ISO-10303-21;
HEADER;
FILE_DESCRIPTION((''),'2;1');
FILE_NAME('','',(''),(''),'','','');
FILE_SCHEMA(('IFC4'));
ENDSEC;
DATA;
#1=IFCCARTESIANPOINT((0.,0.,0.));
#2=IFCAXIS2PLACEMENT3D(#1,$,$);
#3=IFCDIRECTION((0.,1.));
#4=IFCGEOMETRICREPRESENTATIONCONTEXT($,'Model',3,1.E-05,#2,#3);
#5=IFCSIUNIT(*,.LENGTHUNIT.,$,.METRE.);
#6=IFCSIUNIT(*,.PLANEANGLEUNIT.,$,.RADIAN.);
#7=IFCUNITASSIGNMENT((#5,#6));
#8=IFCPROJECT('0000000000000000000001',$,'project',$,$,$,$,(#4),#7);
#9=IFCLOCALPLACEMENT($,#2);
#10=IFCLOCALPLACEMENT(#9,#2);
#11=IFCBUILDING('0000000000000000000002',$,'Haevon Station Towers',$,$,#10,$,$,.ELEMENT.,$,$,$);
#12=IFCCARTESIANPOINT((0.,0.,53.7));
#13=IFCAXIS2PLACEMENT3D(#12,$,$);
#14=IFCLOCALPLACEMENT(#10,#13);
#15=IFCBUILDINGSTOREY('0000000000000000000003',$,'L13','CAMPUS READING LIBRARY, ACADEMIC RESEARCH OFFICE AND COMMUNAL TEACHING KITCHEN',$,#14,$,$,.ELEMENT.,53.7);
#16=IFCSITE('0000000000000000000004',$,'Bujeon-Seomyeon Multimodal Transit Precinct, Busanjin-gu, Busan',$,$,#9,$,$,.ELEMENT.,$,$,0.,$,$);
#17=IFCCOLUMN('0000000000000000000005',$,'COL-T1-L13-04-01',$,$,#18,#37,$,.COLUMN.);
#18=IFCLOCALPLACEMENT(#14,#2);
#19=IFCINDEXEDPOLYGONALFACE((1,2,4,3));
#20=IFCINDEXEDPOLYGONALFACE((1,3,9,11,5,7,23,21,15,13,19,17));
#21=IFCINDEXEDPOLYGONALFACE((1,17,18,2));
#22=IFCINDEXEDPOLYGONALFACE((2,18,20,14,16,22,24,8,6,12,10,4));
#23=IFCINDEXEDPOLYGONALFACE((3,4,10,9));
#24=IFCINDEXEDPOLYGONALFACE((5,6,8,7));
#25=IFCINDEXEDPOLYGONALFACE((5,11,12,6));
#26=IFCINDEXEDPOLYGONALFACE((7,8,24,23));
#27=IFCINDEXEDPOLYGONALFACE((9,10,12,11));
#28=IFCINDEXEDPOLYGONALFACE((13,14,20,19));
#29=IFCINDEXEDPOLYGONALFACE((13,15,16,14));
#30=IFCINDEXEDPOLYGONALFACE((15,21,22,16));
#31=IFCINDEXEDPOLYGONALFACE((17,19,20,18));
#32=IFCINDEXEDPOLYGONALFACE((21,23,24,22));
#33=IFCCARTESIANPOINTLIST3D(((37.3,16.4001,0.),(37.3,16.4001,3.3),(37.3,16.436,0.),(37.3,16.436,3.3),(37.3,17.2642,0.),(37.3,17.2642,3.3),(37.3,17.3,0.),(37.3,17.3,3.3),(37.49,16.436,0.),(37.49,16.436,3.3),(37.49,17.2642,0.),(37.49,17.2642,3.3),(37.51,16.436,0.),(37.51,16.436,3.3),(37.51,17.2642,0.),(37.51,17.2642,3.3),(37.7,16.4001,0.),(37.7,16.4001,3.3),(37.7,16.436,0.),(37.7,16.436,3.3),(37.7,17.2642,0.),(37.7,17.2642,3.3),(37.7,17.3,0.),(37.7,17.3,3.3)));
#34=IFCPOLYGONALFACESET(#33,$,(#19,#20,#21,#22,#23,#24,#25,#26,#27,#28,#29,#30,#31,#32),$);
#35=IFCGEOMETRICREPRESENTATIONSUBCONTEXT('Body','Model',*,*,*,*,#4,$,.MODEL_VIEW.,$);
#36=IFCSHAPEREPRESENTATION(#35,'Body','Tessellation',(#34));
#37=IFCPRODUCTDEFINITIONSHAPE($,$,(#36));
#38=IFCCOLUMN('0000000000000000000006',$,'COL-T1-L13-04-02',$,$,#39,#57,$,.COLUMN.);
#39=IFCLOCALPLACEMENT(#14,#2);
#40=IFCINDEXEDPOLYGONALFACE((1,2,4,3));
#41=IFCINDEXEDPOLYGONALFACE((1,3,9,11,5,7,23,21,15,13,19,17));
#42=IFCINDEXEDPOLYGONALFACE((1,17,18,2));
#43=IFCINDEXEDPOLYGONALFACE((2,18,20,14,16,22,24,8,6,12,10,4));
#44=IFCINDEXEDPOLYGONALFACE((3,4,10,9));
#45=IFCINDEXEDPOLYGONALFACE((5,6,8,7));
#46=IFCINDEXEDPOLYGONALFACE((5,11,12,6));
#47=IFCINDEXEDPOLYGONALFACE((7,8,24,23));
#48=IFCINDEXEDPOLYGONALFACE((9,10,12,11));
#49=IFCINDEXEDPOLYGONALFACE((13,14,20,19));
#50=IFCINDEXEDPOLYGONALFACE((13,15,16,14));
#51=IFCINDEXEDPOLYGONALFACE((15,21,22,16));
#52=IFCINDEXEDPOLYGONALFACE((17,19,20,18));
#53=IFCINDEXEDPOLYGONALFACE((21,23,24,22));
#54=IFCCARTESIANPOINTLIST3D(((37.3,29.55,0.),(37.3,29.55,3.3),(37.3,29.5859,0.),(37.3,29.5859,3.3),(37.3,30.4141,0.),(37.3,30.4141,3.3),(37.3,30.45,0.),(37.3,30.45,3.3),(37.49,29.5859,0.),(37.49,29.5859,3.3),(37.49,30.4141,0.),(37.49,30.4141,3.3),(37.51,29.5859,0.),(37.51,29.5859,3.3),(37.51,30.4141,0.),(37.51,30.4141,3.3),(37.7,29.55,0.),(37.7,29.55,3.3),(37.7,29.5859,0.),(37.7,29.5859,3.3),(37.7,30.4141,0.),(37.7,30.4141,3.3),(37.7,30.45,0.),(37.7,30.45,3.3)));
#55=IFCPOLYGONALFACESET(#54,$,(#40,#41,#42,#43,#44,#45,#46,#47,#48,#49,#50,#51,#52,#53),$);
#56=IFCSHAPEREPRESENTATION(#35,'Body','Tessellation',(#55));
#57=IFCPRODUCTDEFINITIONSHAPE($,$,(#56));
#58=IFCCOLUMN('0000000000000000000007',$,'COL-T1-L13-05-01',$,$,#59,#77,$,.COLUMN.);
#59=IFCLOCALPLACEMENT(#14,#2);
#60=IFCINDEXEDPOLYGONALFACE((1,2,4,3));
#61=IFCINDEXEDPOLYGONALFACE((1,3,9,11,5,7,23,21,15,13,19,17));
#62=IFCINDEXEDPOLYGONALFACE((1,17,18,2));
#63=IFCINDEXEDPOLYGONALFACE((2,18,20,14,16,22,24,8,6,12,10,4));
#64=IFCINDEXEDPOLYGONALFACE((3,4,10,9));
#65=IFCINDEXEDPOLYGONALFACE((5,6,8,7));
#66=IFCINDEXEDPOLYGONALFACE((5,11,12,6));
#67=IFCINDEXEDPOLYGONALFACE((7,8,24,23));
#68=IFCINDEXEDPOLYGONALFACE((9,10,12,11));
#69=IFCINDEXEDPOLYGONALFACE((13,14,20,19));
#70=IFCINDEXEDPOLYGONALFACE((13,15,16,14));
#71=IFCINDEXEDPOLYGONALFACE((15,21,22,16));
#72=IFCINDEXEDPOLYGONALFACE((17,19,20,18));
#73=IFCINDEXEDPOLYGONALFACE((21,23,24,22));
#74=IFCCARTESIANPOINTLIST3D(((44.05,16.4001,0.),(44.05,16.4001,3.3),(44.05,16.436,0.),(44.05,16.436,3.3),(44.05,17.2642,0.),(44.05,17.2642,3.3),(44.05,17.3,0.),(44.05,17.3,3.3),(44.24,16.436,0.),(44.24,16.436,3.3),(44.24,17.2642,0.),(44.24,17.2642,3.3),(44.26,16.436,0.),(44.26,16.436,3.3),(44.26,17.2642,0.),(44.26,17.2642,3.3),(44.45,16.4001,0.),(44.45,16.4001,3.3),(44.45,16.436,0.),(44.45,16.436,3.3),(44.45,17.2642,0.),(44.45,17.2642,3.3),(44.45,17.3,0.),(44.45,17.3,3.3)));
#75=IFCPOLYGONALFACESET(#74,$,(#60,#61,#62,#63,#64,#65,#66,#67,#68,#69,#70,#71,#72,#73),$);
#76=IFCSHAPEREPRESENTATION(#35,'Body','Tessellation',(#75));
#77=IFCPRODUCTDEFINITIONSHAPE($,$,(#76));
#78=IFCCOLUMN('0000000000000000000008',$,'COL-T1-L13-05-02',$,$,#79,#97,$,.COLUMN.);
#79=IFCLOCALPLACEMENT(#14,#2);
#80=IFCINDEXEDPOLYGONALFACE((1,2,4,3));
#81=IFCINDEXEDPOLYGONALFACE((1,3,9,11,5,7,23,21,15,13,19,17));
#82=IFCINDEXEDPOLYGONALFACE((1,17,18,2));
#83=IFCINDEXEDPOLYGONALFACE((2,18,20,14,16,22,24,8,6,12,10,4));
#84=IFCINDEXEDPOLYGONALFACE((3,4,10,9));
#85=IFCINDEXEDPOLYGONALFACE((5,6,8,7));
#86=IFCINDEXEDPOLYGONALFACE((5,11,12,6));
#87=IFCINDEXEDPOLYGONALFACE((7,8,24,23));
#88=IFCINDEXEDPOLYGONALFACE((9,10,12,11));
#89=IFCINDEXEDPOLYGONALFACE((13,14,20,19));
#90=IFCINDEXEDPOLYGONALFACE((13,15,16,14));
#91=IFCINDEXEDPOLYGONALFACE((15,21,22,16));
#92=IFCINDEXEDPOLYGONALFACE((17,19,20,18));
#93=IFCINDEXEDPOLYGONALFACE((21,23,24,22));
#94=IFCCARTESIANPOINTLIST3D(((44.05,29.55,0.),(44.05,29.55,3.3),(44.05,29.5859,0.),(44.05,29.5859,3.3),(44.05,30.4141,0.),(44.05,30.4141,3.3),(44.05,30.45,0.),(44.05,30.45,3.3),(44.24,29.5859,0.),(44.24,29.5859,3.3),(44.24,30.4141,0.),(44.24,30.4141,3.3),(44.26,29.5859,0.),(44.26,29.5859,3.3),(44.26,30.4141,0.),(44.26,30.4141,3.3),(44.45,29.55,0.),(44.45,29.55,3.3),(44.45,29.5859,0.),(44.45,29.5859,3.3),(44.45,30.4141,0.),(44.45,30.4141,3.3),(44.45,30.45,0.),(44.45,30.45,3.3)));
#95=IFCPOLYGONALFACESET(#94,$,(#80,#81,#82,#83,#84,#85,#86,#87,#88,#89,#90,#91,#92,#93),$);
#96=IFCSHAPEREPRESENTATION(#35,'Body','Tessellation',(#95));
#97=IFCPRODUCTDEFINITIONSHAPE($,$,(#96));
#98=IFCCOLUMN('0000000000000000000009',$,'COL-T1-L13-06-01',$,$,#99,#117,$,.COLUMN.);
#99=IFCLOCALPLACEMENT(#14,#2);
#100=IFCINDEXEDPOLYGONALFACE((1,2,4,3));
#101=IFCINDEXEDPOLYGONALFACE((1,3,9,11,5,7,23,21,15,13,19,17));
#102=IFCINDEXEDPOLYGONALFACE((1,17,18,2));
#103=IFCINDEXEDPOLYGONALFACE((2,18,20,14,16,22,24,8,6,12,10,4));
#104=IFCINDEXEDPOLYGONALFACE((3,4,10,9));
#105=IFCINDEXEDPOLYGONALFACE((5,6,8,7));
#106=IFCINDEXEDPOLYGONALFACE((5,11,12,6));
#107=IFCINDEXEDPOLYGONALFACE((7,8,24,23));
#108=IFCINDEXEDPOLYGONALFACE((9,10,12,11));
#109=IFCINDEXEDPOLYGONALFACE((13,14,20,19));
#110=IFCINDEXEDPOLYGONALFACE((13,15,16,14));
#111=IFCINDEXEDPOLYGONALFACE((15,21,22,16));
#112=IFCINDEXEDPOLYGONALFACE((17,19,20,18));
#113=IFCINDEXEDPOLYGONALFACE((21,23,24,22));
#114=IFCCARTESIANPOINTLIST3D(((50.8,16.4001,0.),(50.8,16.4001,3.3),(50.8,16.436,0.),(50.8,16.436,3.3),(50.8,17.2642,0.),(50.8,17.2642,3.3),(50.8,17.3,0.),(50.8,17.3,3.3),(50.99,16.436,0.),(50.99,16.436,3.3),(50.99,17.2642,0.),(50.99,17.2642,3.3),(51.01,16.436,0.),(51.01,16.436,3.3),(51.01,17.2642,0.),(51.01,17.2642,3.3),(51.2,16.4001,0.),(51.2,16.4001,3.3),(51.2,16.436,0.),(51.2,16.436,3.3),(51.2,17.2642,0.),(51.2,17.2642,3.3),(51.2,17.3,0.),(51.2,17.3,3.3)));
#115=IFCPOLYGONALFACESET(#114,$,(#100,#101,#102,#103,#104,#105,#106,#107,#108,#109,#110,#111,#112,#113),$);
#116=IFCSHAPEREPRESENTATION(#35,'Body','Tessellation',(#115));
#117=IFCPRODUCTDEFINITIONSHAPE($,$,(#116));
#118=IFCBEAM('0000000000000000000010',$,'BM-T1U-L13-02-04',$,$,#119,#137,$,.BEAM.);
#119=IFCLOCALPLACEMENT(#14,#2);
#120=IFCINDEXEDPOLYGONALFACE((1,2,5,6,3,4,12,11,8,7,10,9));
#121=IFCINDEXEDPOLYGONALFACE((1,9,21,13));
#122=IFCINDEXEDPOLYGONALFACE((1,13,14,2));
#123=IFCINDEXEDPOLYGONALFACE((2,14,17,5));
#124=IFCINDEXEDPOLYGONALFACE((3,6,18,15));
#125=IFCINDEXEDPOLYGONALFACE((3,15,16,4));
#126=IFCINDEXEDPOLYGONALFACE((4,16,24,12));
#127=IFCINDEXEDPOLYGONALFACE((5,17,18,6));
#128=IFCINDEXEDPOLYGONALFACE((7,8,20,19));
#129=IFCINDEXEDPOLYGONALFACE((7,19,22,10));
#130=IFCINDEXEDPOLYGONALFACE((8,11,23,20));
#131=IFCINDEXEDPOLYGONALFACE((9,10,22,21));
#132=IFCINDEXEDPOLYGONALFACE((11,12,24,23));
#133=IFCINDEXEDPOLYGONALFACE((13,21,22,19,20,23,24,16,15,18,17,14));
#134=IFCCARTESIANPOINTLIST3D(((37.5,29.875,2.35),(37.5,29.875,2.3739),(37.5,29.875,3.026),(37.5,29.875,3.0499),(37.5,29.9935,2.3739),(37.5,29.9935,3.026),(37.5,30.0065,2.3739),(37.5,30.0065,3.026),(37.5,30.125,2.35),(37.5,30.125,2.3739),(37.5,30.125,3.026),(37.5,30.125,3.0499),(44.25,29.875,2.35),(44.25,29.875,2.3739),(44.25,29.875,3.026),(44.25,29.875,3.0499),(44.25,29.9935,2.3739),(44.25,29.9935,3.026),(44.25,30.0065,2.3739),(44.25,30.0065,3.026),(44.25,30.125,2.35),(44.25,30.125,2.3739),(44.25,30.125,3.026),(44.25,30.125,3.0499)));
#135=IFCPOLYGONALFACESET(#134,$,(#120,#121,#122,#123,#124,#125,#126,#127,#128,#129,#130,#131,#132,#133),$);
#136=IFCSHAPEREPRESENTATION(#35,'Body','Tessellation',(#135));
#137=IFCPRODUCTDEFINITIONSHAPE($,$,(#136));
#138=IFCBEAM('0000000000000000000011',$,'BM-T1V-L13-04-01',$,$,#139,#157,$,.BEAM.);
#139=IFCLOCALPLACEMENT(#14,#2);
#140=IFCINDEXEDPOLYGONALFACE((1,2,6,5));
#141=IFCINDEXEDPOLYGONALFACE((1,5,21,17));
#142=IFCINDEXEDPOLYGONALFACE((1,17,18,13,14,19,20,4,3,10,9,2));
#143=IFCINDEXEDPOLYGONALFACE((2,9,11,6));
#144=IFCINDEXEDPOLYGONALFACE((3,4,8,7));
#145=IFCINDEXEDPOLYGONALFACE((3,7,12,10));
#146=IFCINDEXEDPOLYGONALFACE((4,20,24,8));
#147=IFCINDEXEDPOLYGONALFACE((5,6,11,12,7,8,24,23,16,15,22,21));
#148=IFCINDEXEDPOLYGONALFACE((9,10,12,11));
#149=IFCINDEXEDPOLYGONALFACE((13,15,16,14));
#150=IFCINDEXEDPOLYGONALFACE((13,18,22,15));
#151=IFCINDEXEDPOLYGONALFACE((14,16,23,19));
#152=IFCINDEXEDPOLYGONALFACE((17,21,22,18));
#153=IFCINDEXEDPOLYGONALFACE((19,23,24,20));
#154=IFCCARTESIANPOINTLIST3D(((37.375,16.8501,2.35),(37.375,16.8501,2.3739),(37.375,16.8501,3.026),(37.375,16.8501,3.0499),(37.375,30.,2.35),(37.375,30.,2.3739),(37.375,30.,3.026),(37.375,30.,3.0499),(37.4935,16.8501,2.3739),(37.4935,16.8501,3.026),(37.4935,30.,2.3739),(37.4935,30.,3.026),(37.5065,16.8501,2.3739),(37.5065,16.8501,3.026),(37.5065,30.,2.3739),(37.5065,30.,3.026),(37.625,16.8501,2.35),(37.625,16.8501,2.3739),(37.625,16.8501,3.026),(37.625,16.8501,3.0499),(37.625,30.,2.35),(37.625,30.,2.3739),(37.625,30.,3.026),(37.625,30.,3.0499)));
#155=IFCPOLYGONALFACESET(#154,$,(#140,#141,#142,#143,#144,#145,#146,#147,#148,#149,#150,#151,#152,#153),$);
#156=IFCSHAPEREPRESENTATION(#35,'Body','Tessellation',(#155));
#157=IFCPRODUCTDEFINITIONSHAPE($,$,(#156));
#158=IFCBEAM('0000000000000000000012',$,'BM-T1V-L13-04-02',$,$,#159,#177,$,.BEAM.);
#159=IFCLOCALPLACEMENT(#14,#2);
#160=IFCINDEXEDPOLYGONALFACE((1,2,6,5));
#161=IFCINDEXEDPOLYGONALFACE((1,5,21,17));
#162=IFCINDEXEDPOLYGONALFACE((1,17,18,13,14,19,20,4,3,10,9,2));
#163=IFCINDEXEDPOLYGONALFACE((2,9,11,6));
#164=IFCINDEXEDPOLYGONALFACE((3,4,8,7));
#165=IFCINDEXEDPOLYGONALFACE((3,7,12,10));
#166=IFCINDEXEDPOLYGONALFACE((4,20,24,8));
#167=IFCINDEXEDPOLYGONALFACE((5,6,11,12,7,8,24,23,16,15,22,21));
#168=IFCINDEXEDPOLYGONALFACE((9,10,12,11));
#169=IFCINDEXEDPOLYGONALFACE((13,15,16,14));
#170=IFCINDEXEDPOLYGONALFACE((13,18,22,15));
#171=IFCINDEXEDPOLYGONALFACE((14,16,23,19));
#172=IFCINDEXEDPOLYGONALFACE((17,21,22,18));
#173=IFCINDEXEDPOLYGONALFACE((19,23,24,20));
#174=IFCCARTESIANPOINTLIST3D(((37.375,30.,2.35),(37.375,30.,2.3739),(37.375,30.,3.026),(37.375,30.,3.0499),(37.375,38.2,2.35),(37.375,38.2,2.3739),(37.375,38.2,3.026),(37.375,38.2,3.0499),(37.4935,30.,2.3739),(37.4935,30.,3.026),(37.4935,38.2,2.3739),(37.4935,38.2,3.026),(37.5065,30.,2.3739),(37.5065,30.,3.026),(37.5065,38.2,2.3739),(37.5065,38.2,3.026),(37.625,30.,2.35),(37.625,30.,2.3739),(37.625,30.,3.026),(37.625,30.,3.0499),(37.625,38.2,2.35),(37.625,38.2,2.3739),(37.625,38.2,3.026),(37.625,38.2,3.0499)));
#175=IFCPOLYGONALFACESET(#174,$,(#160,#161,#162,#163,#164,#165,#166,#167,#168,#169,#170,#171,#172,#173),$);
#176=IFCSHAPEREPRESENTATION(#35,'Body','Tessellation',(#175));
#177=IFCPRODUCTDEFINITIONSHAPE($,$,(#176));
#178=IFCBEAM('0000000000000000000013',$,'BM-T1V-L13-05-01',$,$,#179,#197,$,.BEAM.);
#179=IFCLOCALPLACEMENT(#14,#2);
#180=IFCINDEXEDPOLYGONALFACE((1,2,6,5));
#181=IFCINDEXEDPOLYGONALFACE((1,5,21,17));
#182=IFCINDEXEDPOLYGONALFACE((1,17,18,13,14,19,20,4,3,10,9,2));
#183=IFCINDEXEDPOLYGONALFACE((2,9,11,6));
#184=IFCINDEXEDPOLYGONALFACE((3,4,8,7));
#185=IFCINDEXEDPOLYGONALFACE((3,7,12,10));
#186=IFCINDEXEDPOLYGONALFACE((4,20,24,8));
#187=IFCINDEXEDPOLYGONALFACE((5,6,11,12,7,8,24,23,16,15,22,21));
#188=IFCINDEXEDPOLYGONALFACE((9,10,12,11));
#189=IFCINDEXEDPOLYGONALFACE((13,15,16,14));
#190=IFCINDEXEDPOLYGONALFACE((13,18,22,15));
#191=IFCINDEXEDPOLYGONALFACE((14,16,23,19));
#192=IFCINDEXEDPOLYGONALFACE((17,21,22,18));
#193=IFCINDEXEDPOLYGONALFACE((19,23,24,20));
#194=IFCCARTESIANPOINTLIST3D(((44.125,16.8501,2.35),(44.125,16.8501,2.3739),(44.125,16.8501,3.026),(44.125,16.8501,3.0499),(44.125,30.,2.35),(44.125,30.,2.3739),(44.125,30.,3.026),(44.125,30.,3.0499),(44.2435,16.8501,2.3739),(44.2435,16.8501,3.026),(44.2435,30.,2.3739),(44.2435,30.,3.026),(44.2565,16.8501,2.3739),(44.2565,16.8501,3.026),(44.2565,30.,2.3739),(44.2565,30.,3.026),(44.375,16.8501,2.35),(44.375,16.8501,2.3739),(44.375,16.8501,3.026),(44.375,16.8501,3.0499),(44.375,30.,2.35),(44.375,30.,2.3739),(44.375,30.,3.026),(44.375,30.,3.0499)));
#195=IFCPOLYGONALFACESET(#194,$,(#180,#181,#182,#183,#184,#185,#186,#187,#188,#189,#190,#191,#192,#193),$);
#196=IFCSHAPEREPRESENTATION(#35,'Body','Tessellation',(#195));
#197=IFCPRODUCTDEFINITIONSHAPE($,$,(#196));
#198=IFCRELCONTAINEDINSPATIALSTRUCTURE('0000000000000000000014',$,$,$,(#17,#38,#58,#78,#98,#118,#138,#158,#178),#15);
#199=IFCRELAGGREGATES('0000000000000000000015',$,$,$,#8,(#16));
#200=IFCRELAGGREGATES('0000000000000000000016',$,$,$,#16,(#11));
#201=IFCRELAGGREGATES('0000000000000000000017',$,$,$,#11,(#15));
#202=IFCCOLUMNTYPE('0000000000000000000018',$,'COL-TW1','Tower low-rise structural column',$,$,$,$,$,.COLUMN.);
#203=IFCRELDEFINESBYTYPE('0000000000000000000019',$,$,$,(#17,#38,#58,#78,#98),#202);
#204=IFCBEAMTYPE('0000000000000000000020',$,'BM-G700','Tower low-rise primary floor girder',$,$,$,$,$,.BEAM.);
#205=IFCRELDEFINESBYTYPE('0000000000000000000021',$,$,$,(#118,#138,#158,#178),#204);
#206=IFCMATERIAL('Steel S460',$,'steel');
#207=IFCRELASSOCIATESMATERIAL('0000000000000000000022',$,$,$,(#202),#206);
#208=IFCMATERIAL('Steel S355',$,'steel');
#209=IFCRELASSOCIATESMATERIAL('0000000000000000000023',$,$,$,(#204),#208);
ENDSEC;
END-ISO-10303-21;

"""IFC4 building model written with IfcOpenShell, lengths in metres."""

from ifc_helpers import new_model, si_unit, direction, frame, origin, origin_2d, place, context, subcontext, project, spatial, i_section, extrude, material, material_profile, profile_set, type_object, element, save


model = new_model("IFC4")

# Units and contexts
model_context = context("Model", 3, precision=1e-05, world=origin(), true_north=direction((0.0, 1.0)))
body_context = subcontext(model_context, "Body", "Model", "MODEL_VIEW")
ifc_project = project(units=[si_unit("LENGTHUNIT", "METRE"), si_unit("PLANEANGLEUNIT", "RADIAN")], contexts=[model_context])

# Site, building, storey
site_placement = place(None, origin())
site = spatial("IfcSite", under=ifc_project, at=site_placement, Name="Bujeon-Seomyeon Multimodal Transit Precinct, Busanjin-gu, Busan", CompositionType="ELEMENT", RefElevation=0.0)
building_placement = place(site_placement, origin())
building = spatial("IfcBuilding", under=site, at=building_placement, Name="Haevon Station Towers", CompositionType="ELEMENT")
storey_placement = place(building_placement, frame((0.0, 0.0, 53.7)))
storey = spatial("IfcBuildingStorey", under=building, at=storey_placement, Name="L13", Description="CAMPUS READING LIBRARY, ACADEMIC RESEARCH OFFICE AND COMMUNAL TEACHING KITCHEN", CompositionType="ELEMENT", Elevation=53.7)

# Columns
ifc_material_1 = material(Name="Steel S460", Category="steel")
ifc_material_profile_1 = material_profile(ifc_material_1, i_section(OverallWidth=0.3999, OverallDepth=0.8999, WebThickness=0.02, FlangeThickness=0.0359, at=origin_2d()), Name="H-900x400x20x36")
ifc_profile_set_1 = profile_set([ifc_material_profile_1], Name="Steel S460")
column_type = type_object("IfcColumnType", Name="COL-TW1", Description="Tower low-rise structural column", PredefinedType="COLUMN", material=ifc_profile_set_1)
for number, where, z_axis, x_axis, name in (
    (1, (37.5, 16.8501, 0.0), (0.0, 0.0, 1.0), (1.0, 0.0, 0.0), "COL-T1-L13-04-01"),
    (2, (37.5, 30.0, 0.0), (0.0, 0.0, 1.0), (1.0, 0.0, 0.0), "COL-T1-L13-04-02"),
    (3, (44.25, 16.8501, 0.0), (0.0, 0.0, 1.0), (1.0, 0.0, 0.0), "COL-T1-L13-05-01"),
    (4, (44.25, 30.0, 0.0), (0.0, 0.0, 1.0), (1.0, 0.0, 0.0), "COL-T1-L13-05-02"),
    (5, (51.0, 16.8501, 0.0), (0.0, 0.0, 1.0), (1.0, 0.0, 0.0), "COL-T1-L13-06-01"),
):
    element("IfcColumn", number, at=place(storey_placement, frame(where, z_axis=z_axis, x_axis=x_axis)), inside=storey, type_object=column_type, Name=name, PredefinedType="COLUMN", context=body_context, shape_type="SweptSolid", body=[
        extrude(i_section(OverallWidth=0.3999, OverallDepth=0.8999, WebThickness=0.02, FlangeThickness=0.0359, at=origin_2d()), origin(), (0.0, 0.0, 1.0), 3.3),
    ])

# Beams
ifc_material_2 = material(Name="Steel S355", Category="steel")
ifc_material_profile_2 = material_profile(ifc_material_2, i_section(OverallWidth=0.25, OverallDepth=0.7, WebThickness=0.0129, FlangeThickness=0.0239, at=origin_2d()), Name="H-700x250x13x24")
ifc_profile_set_2 = profile_set([ifc_material_profile_2], Name="Steel S355")
beam_type_1 = type_object("IfcBeamType", Name="BM-G700", Description="Tower low-rise primary floor girder", PredefinedType="BEAM", material=ifc_profile_set_2)
beam_1_placement = place(storey_placement, frame((37.5, 30.0, 2.7), z_axis=(1.0, 0.0, 0.0), x_axis=(0.0, 1.0, 0.0)))
element("IfcBeam", 6, at=beam_1_placement, inside=storey, type_object=beam_type_1, Name="BM-T1U-L13-02-04", PredefinedType="BEAM", context=body_context, shape_type="SweptSolid", body=[
    extrude(i_section(OverallWidth=0.25, OverallDepth=0.7, WebThickness=0.0129, FlangeThickness=0.0239, at=origin_2d()), origin(), (0.0, 0.0, 1.0), 6.75),
])
beam_2_placement = place(storey_placement, frame((37.5, 16.8501, 2.7), z_axis=(0.0, 1.0, 0.0), x_axis=(-1.0, 0.0, 0.0)))
element("IfcBeam", 7, at=beam_2_placement, inside=storey, type_object=beam_type_1, Name="BM-T1V-L13-04-01", PredefinedType="BEAM", context=body_context, shape_type="SweptSolid", body=[
    extrude(i_section(OverallWidth=0.25, OverallDepth=0.7, WebThickness=0.0129, FlangeThickness=0.0239, at=origin_2d()), origin(), (0.0, 0.0, 1.0), 13.1499),
])
beam_3_placement = place(storey_placement, frame((37.5, 30.0, 2.7), z_axis=(0.0, 1.0, 0.0), x_axis=(-1.0, 0.0, 0.0)))
element("IfcBeam", 8, at=beam_3_placement, inside=storey, type_object=beam_type_1, Name="BM-T1V-L13-04-02", PredefinedType="BEAM", context=body_context, shape_type="SweptSolid", body=[
    extrude(i_section(OverallWidth=0.25, OverallDepth=0.7, WebThickness=0.0129, FlangeThickness=0.0239, at=origin_2d()), origin(), (0.0, 0.0, 1.0), 8.2),
])
beam_4_placement = place(storey_placement, frame((44.25, 16.8501, 2.7), z_axis=(0.0, 1.0, 0.0), x_axis=(-1.0, 0.0, 0.0)))
element("IfcBeam", 9, at=beam_4_placement, inside=storey, type_object=beam_type_1, Name="BM-T1V-L13-05-01", PredefinedType="BEAM", context=body_context, shape_type="SweptSolid", body=[
    extrude(i_section(OverallWidth=0.25, OverallDepth=0.7, WebThickness=0.0129, FlangeThickness=0.0239, at=origin_2d()), origin(), (0.0, 0.0, 1.0), 13.1499),
])

save(model, "model.ifc")
